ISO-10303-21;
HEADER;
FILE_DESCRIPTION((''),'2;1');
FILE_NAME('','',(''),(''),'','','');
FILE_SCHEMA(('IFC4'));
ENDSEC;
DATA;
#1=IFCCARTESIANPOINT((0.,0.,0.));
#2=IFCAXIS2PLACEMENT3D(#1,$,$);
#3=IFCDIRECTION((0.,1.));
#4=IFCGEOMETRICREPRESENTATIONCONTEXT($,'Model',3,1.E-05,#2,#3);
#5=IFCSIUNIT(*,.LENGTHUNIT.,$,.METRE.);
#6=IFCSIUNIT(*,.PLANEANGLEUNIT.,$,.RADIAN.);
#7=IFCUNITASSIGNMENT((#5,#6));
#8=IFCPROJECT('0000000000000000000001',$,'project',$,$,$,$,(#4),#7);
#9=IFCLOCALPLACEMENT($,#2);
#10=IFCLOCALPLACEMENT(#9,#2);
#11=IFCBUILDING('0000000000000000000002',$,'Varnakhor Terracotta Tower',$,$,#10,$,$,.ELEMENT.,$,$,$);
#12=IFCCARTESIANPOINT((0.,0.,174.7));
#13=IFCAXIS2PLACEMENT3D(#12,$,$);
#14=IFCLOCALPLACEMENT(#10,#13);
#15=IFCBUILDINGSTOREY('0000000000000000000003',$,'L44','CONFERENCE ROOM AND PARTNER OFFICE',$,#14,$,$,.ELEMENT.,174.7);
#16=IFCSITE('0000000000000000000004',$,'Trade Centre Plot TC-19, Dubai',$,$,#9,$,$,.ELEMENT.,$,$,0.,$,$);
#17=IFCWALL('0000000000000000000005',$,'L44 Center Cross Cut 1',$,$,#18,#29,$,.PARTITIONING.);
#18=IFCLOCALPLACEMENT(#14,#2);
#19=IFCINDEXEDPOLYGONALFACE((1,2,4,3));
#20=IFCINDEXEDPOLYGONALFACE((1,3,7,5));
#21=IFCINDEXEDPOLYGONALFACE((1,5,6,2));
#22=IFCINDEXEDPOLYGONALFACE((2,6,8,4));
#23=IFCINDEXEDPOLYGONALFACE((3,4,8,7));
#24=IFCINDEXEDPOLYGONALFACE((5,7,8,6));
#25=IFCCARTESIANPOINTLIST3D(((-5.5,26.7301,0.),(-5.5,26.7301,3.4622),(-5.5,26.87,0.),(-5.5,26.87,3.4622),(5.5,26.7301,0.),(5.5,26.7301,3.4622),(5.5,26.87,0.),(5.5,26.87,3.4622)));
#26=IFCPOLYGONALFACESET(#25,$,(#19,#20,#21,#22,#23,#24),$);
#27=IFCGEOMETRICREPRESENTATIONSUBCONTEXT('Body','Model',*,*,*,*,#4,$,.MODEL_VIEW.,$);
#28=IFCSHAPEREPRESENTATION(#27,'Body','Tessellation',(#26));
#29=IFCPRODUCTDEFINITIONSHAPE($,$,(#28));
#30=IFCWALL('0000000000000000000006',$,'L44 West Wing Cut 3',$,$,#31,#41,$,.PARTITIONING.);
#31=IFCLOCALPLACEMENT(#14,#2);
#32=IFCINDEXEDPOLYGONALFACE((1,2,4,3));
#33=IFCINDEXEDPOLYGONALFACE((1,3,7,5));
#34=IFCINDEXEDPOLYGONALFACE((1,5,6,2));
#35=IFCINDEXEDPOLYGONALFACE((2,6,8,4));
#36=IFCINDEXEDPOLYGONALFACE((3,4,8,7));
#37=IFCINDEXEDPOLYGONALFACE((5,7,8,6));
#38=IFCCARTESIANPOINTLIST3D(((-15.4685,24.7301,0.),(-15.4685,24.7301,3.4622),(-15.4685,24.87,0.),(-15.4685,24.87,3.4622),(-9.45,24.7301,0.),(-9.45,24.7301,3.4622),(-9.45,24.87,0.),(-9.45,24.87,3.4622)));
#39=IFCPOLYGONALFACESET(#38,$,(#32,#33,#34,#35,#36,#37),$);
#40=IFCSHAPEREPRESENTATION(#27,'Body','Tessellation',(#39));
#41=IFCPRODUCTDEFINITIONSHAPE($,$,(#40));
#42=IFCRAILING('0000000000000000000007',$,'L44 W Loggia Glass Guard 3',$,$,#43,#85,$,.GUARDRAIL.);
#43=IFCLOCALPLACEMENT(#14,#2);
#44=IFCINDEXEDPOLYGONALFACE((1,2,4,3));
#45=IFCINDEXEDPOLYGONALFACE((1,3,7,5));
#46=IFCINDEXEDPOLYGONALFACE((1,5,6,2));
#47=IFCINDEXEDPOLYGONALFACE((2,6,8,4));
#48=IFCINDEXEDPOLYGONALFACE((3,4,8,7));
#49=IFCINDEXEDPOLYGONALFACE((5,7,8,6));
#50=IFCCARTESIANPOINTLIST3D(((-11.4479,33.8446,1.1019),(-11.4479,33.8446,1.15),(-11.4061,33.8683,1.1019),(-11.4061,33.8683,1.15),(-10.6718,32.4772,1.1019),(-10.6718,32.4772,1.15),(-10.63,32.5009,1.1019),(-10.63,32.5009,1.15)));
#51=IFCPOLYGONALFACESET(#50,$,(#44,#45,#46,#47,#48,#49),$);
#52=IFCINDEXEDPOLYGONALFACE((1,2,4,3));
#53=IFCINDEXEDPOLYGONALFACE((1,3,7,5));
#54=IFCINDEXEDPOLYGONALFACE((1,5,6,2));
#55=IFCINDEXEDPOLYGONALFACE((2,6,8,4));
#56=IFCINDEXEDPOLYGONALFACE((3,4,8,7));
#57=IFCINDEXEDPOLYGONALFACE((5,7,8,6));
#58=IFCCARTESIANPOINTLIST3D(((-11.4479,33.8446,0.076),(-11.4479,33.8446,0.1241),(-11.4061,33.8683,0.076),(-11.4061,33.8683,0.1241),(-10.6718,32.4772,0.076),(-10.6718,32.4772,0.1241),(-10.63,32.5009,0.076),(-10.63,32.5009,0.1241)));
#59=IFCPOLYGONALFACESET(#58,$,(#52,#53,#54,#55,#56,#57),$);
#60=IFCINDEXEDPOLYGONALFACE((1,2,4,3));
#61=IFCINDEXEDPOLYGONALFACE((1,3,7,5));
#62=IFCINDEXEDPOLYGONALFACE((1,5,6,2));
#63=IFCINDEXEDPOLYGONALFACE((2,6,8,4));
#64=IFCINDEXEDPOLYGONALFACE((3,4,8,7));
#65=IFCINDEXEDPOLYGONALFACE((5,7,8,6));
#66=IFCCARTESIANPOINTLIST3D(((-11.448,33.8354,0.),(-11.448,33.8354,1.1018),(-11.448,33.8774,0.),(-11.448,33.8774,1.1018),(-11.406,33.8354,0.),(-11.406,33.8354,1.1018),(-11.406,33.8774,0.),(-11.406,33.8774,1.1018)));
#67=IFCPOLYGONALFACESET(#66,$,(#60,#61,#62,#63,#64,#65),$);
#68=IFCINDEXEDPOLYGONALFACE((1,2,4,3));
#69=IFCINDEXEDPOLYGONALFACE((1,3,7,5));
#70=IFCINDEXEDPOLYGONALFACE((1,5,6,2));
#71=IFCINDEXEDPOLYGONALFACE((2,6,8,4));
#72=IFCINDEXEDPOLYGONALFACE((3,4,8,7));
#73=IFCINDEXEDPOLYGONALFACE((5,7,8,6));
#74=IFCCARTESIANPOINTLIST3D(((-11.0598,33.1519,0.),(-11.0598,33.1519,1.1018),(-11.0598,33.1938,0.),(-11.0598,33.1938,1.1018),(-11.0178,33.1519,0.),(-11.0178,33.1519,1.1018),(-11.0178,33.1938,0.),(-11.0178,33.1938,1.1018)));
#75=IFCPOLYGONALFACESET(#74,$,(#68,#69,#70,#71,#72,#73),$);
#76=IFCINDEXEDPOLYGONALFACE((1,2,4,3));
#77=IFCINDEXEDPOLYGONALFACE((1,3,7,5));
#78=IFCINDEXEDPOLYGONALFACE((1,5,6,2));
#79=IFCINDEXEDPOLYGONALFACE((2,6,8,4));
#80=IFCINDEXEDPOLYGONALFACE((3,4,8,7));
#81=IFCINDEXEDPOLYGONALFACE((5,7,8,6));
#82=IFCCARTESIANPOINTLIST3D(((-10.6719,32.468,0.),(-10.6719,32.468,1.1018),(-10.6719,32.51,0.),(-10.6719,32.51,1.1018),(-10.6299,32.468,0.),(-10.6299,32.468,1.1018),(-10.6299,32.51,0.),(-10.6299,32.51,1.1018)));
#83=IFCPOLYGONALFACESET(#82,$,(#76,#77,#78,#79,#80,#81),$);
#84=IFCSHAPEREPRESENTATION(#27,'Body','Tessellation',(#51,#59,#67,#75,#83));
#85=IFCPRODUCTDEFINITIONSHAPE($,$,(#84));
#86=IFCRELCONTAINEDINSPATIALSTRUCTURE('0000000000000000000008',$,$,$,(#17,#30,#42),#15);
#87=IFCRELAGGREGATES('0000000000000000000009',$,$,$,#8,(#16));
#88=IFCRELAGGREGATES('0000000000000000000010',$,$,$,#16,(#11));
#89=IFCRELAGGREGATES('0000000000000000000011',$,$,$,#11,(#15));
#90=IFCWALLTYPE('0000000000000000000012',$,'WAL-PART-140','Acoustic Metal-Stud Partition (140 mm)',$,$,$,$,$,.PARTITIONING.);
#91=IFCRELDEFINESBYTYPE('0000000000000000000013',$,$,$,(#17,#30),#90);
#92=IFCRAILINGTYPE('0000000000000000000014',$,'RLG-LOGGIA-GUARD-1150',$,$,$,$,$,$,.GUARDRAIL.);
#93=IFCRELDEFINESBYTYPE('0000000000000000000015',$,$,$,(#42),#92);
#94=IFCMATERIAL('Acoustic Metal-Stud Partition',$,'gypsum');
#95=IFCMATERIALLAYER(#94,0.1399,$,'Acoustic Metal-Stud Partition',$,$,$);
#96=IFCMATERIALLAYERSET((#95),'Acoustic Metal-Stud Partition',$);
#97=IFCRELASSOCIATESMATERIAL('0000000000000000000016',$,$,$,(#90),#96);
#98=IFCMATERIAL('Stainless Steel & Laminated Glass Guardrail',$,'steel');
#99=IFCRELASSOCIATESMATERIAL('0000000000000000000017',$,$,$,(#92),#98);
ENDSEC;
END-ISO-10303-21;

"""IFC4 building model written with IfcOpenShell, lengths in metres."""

from ifc_helpers import new_model, si_unit, direction, frame, frame_2d, origin, origin_2d, place, context, subcontext, project, spatial, rectangle, extrude, material, layer, layer_set, type_object, element, save


model = new_model("IFC4")

# Units and contexts
model_context = context("Model", 3, precision=1e-05, world=origin(), true_north=direction((0.0, 1.0)))
body_context = subcontext(model_context, "Body", "Model", "MODEL_VIEW")
ifc_project = project(units=[si_unit("LENGTHUNIT", "METRE"), si_unit("PLANEANGLEUNIT", "RADIAN")], contexts=[model_context])

# Site, building, storey
site_placement = place(None, origin())
site = spatial("IfcSite", under=ifc_project, at=site_placement, Name="Trade Centre Plot TC-19, Dubai", CompositionType="ELEMENT", RefElevation=0.0)
building_placement = place(site_placement, origin())
building = spatial("IfcBuilding", under=site, at=building_placement, Name="Varnakhor Terracotta Tower", CompositionType="ELEMENT")
storey_placement = place(building_placement, frame((0.0, 0.0, 174.7)))
storey = spatial("IfcBuildingStorey", under=building, at=storey_placement, Name="L44", Description="CONFERENCE ROOM AND PARTNER OFFICE", CompositionType="ELEMENT", Elevation=174.7)

# Shared definitions
ifc_material_1 = material(Name="Acoustic Metal-Stud Partition", Category="gypsum")
ifc_layer_1 = layer(ifc_material_1, 0.1399, Name="Acoustic Metal-Stud Partition")
ifc_layer_set_1 = layer_set([ifc_layer_1], Name="Acoustic Metal-Stud Partition")
wall_type_1 = type_object("IfcWallType", Name="WAL-PART-140", Description="Acoustic Metal-Stud Partition (140 mm)", PredefinedType="PARTITIONING", material=ifc_layer_set_1)

# Walls
wall_1_placement = place(storey_placement, frame((-5.5, 26.8, 0.0), z_axis=(0.0, 0.0, 1.0), x_axis=(1.0, 0.0, 0.0)))
element("IfcWall", 1, at=wall_1_placement, inside=storey, type_object=wall_type_1, Name="L44 Center Cross Cut 1", PredefinedType="PARTITIONING", context=body_context, shape_type="SweptSolid", body=[
    extrude(rectangle(XDim=11.0, YDim=0.1399, at=frame_2d((5.5, 0.0))), origin(), (0.0, 0.0, 1.0), 3.4622),
])
wall_2_placement = place(storey_placement, frame((-15.4685, 24.8, 0.0), z_axis=(0.0, 0.0, 1.0), x_axis=(1.0, 0.0, 0.0)))
element("IfcWall", 2, at=wall_2_placement, inside=storey, type_object=wall_type_1, Name="L44 West Wing Cut 3", PredefinedType="PARTITIONING", context=body_context, shape_type="SweptSolid", body=[
    extrude(rectangle(XDim=6.0186, YDim=0.1399, at=frame_2d((3.0093, 0.0))), origin(), (0.0, 0.0, 1.0), 3.4622),
])

# Railing
ifc_material_2 = material(Name="Stainless Steel & Laminated Glass Guardrail", Category="steel")
railing_type = type_object("IfcRailingType", Name="RLG-LOGGIA-GUARD-1150", PredefinedType="GUARDRAIL", material=ifc_material_2)
railing_placement = place(storey_placement, frame((-11.427, 33.8564, 0.0)))
element("IfcRailing", 3, at=railing_placement, inside=storey, type_object=railing_type, Name="L44 W Loggia Glass Guard 3", PredefinedType="GUARDRAIL", context=body_context, shape_type="SweptSolid", body=[
    extrude(rectangle(XDim=0.0481, YDim=0.0481, at=origin_2d()), frame((0.0, 0.0, 1.126), z_axis=(0.493612, -0.869682, 0.0), x_axis=(0.869682, 0.493612, 0.0)), (0.0, 0.0, 1.0), 1.5723),
    extrude(rectangle(XDim=0.0481, YDim=0.0481, at=origin_2d()), frame((0.0, 0.0, 0.1001), z_axis=(0.493612, -0.869682, 0.0), x_axis=(0.869682, 0.493612, 0.0)), (0.0, 0.0, 1.0), 1.5723),
    extrude(rectangle(XDim=0.042, YDim=0.042, at=origin_2d()), origin(), (0.0, 0.0, 1.0), 1.1018),
    extrude(rectangle(XDim=0.042, YDim=0.042, at=origin_2d()), frame((0.3882, -0.6836, 0.0)), (0.0, 0.0, 1.0), 1.1018),
    extrude(rectangle(XDim=0.042, YDim=0.042, at=origin_2d()), frame((0.7761, -1.3674, 0.0)), (0.0, 0.0, 1.0), 1.1018),
])

save(model, "model.ifc")
